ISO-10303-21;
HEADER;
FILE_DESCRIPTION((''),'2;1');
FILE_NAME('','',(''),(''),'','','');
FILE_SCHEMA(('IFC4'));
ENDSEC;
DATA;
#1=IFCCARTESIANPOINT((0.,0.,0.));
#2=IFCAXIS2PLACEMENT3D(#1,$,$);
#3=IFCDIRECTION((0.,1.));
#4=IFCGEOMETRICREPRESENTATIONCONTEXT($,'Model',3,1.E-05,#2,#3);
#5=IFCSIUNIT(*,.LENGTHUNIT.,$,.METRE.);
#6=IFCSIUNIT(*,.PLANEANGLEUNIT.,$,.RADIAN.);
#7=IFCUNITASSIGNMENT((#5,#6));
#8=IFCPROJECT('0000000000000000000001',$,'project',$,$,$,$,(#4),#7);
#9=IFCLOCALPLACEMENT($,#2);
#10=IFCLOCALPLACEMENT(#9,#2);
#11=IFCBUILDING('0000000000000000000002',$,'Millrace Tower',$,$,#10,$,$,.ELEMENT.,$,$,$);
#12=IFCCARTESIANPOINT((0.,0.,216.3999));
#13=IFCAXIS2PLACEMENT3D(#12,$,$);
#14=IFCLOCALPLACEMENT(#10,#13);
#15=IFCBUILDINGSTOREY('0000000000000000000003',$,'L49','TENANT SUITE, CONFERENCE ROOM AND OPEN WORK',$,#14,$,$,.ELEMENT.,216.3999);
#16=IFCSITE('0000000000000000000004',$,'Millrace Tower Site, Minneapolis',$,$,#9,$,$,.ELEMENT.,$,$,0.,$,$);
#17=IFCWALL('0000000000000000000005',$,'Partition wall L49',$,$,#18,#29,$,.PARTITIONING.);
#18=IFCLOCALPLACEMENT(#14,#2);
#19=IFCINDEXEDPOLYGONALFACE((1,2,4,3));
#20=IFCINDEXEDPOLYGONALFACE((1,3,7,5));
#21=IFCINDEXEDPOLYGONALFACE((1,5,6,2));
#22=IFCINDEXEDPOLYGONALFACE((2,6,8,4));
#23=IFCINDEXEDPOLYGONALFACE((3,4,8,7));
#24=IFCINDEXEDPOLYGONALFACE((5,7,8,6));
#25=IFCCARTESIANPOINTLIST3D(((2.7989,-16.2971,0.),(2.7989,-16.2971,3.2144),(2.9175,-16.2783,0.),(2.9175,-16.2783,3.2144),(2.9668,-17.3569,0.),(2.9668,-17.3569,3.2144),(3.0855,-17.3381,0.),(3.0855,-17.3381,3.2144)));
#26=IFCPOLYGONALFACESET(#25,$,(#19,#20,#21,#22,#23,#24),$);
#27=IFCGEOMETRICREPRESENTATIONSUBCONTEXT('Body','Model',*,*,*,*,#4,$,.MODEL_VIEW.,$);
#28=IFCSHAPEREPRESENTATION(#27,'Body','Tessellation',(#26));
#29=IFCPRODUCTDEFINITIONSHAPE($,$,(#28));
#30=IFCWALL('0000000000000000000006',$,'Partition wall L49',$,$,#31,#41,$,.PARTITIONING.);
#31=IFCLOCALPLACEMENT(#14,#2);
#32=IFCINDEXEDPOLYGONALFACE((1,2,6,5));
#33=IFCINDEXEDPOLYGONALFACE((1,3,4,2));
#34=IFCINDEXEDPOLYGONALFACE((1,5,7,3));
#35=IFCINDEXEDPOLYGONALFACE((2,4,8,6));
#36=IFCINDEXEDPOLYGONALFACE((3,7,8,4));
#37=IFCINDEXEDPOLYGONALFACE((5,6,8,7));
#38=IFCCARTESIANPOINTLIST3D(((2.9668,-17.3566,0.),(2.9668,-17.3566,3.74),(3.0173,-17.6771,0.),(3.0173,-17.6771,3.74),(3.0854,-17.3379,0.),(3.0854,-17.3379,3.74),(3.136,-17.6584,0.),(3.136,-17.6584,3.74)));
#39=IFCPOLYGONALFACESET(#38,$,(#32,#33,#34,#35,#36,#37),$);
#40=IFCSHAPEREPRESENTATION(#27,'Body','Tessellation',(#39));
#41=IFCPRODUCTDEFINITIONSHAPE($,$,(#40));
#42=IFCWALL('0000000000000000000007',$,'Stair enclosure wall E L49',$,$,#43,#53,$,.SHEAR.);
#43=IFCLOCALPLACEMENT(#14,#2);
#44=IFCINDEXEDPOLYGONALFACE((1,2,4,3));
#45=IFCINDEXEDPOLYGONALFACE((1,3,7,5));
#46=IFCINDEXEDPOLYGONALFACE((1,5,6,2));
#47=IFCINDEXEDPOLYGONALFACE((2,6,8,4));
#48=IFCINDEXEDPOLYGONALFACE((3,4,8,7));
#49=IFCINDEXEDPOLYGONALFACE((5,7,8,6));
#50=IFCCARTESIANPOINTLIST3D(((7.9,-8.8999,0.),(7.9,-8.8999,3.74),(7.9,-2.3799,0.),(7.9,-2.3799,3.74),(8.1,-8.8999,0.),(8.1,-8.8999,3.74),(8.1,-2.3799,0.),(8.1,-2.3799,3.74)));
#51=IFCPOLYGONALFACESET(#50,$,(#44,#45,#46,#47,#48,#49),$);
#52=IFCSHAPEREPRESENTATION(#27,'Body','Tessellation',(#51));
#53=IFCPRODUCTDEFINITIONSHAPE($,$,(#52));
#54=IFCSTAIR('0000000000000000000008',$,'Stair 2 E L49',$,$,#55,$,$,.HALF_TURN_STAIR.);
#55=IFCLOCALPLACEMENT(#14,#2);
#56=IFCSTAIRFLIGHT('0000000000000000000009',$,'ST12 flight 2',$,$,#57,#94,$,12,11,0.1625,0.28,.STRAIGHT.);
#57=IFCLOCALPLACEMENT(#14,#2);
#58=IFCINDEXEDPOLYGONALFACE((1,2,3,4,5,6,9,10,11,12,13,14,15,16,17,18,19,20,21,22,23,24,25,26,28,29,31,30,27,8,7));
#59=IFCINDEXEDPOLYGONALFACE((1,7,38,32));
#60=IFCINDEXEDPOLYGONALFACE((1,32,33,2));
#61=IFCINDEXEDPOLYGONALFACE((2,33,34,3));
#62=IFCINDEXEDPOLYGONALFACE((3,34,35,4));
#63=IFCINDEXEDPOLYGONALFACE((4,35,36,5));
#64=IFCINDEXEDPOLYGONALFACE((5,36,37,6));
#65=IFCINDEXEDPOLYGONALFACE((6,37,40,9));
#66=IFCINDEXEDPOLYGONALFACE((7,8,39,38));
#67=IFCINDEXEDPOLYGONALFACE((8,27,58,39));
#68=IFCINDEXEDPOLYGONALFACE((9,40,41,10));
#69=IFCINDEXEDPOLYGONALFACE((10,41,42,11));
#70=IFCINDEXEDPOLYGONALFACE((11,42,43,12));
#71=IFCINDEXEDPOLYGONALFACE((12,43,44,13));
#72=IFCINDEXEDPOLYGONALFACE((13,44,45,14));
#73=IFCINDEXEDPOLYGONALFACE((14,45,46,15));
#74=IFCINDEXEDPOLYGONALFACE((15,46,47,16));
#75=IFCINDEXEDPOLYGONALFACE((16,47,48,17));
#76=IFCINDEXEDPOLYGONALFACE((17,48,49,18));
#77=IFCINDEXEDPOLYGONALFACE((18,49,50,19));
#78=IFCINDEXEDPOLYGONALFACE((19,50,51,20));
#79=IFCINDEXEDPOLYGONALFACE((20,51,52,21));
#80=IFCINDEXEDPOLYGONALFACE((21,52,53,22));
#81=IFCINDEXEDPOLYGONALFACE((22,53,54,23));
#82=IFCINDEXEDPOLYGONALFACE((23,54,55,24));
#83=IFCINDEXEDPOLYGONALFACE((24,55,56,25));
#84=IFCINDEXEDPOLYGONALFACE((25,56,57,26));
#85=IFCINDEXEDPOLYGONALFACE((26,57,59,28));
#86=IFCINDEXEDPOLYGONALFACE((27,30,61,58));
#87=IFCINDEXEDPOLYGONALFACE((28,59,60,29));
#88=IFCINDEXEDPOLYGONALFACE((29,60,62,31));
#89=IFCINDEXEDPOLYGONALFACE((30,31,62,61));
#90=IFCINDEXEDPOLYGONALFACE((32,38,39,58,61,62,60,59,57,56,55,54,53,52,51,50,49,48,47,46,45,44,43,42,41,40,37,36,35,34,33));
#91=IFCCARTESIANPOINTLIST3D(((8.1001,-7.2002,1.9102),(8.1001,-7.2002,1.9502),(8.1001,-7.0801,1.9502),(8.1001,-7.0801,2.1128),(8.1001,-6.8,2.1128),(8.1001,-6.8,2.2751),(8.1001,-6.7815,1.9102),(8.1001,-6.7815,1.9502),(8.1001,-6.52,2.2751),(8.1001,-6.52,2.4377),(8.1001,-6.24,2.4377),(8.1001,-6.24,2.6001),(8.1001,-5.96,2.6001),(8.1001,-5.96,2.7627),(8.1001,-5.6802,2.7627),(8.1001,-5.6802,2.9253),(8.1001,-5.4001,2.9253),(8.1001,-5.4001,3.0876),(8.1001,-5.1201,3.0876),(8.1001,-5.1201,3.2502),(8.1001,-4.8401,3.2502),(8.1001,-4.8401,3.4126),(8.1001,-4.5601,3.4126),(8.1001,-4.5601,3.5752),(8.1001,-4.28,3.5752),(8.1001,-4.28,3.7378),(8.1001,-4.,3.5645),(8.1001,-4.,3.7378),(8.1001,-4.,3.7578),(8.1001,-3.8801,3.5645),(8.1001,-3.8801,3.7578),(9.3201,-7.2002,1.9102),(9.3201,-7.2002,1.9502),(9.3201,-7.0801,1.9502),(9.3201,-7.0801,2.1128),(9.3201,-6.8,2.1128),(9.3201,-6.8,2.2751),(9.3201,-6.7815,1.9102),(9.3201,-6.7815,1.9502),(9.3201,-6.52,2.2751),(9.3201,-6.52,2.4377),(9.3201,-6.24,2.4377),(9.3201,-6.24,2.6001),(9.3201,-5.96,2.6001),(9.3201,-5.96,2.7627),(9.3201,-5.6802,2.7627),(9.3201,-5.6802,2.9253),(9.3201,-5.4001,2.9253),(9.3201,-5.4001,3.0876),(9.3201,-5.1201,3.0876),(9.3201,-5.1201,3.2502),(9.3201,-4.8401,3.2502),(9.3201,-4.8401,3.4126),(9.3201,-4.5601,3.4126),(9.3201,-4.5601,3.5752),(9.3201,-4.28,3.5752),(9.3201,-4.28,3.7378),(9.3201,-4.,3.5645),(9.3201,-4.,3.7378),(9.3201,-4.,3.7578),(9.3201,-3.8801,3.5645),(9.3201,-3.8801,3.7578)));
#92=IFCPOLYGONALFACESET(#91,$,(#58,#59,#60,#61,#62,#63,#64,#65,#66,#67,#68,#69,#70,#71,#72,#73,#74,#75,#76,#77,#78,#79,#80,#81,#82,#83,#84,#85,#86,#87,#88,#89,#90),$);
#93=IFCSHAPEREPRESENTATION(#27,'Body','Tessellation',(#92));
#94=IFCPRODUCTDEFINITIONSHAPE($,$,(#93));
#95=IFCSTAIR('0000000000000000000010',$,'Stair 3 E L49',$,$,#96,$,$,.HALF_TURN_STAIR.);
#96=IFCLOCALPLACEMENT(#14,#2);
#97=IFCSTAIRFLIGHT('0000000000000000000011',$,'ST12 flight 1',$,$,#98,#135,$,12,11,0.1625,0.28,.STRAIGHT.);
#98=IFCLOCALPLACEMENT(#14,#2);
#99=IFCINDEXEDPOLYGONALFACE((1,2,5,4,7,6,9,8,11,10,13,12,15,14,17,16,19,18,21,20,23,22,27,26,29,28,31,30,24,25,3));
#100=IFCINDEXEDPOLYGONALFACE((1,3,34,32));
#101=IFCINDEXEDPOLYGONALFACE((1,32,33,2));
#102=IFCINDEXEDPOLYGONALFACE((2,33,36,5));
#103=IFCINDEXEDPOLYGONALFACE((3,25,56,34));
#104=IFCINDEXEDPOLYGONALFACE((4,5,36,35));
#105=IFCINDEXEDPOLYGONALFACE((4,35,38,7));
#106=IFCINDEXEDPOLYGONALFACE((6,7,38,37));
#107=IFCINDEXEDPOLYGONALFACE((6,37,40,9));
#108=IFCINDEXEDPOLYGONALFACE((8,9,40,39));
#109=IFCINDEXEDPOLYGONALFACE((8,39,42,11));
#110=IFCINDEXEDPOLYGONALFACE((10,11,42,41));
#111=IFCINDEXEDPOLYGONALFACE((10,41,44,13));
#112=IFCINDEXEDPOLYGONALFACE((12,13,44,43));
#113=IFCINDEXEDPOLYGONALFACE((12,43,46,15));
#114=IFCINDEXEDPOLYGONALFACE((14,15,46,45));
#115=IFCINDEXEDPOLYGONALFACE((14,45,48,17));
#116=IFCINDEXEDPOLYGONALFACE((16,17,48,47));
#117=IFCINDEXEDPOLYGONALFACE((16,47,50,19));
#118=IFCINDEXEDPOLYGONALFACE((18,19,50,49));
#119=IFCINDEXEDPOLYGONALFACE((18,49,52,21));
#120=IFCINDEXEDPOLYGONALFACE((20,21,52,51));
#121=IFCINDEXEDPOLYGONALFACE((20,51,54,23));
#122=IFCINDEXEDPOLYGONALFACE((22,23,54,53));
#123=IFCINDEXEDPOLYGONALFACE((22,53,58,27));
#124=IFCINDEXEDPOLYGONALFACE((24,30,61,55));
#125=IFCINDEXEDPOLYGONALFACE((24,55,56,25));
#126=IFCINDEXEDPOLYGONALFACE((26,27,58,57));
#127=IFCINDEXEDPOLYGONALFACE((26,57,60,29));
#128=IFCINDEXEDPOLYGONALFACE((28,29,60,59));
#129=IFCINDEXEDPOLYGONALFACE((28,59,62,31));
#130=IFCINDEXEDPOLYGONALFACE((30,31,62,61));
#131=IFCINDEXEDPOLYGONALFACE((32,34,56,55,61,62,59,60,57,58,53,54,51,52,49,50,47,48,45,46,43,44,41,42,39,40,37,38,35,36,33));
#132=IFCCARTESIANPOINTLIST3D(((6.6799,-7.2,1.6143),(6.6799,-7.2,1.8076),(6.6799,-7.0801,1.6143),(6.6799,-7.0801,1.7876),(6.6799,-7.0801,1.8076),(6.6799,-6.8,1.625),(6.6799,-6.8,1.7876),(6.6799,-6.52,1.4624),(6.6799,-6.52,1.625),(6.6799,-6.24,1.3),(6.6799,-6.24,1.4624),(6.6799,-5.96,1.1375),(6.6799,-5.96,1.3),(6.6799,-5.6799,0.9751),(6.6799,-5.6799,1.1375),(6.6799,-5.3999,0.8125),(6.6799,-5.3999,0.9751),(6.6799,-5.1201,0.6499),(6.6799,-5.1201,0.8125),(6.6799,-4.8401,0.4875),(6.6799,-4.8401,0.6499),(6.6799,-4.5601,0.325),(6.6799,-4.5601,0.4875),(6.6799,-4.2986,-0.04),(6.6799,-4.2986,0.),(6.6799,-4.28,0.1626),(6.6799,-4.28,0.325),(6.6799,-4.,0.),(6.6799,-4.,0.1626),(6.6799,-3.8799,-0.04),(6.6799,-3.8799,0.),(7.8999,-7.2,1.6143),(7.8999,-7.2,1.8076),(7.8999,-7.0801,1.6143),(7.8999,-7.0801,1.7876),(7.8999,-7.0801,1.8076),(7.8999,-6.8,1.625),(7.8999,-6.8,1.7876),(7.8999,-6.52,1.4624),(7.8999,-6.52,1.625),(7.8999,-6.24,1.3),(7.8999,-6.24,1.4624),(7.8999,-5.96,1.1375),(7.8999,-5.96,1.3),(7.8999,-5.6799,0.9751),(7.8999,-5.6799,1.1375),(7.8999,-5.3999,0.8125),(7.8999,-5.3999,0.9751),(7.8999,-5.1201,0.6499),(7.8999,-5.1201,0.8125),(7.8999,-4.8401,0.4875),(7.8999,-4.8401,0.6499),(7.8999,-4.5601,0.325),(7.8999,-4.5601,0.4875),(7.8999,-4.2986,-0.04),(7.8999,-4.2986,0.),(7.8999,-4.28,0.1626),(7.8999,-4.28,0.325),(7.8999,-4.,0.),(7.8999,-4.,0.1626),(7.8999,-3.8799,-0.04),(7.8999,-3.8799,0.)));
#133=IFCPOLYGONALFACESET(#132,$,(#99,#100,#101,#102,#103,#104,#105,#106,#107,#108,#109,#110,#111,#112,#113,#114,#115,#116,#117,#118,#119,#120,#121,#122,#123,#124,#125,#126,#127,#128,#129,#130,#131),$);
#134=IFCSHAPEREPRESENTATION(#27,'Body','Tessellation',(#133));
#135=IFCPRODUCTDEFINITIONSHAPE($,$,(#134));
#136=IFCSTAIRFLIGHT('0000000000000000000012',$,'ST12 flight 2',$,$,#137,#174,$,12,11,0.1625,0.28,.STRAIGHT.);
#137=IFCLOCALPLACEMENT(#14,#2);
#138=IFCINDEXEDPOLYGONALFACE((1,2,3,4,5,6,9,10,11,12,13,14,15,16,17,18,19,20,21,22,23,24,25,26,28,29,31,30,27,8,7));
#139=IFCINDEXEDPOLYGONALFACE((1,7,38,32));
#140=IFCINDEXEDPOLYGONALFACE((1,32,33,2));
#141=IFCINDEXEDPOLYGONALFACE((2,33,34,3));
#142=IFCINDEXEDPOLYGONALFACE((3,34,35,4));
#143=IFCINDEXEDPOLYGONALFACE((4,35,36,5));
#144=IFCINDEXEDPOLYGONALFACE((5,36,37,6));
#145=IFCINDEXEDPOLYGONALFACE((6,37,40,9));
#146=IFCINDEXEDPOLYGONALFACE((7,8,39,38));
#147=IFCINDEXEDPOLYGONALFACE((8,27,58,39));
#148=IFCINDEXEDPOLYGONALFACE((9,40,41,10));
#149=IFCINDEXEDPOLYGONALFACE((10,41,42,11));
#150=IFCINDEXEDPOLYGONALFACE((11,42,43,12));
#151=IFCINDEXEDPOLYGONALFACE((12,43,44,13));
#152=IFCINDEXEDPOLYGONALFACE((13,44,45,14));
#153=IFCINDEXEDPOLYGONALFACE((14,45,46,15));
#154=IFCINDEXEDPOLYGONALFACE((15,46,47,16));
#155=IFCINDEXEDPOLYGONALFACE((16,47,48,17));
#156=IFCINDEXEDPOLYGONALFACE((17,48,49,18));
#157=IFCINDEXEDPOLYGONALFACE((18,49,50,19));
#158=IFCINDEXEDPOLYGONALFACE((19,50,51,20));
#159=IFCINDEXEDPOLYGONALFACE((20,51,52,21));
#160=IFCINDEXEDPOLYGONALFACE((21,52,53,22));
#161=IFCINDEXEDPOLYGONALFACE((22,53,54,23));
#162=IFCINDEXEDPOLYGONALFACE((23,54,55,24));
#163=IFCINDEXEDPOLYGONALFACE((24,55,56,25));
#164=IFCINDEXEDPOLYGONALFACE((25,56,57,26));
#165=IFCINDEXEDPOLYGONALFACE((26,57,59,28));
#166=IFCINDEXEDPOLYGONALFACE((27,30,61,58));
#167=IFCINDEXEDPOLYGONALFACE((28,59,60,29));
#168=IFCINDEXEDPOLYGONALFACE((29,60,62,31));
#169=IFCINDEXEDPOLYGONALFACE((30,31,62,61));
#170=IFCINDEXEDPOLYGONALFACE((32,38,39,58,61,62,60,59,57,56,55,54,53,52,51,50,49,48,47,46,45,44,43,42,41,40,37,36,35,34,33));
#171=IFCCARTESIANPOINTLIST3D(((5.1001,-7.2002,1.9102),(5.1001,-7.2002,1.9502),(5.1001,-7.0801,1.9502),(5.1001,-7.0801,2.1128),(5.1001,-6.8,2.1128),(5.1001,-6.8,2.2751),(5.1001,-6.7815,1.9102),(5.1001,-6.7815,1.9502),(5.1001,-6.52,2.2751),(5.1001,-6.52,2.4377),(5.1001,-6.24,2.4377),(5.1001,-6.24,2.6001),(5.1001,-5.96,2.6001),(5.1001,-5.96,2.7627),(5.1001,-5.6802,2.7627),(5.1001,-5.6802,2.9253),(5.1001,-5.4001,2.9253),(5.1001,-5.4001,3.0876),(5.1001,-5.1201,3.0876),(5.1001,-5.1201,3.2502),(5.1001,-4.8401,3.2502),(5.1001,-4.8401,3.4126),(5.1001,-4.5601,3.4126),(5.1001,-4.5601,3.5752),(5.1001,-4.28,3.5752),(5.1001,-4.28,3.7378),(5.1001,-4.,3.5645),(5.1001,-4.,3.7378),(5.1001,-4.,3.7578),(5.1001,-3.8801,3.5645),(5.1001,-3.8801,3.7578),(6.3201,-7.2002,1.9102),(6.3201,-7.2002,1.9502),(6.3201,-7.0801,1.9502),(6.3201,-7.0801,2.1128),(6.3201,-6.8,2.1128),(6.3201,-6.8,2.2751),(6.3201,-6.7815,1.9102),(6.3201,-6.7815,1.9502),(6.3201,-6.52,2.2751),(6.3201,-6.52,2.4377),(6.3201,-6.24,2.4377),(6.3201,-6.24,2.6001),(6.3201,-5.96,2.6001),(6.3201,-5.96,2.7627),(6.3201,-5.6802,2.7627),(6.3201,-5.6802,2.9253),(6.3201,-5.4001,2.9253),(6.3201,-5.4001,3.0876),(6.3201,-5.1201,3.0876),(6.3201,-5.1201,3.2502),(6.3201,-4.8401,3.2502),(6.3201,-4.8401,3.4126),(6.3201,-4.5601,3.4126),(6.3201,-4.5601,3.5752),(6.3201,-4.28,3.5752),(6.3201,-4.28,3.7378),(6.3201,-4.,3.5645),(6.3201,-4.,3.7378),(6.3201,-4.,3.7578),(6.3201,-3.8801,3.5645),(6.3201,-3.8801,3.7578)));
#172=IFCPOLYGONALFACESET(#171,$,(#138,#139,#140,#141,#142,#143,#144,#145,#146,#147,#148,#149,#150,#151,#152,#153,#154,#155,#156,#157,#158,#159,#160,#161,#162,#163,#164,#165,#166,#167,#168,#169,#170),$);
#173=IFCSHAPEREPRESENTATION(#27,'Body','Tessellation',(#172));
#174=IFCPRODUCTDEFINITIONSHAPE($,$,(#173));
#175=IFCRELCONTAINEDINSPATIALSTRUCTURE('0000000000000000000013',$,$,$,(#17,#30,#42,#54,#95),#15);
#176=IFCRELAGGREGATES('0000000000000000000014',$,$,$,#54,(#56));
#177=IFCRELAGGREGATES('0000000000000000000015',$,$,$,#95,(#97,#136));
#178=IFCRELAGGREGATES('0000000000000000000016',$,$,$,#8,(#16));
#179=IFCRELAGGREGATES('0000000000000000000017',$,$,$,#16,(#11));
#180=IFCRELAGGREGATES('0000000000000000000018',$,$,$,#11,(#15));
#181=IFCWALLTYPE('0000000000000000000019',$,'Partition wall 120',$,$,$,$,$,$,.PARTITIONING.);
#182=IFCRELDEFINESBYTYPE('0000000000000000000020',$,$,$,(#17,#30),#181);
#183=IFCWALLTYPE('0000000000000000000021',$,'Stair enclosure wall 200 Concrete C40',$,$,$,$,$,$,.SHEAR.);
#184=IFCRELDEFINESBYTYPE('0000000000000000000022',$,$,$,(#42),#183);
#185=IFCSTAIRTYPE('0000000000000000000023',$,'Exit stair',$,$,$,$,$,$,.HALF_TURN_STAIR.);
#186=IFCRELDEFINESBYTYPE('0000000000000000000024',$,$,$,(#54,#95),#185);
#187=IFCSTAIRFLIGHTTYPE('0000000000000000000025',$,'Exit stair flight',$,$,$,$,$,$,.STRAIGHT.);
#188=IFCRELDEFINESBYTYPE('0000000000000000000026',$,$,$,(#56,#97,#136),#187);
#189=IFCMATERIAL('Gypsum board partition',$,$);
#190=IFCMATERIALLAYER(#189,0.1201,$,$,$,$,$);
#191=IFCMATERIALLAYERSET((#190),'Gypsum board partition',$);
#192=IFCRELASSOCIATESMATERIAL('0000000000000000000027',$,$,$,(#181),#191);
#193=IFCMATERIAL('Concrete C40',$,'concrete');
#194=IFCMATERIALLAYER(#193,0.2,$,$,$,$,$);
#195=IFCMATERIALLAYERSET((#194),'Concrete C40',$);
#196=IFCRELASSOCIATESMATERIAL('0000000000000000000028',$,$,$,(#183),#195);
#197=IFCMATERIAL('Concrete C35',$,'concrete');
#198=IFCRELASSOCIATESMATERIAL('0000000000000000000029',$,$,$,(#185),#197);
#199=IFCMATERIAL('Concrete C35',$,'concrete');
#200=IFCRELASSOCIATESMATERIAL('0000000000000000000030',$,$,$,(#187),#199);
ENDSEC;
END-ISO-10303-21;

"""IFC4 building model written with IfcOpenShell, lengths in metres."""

from ifc_helpers import new_model, si_unit, direction, frame, frame_2d, origin, place, context, subcontext, project, spatial, polyline, rectangle, outline, extrude, material, layer, layer_set, type_object, element, aggregate, save


model = new_model("IFC4")

# Units and contexts
model_context = context("Model", 3, precision=1e-05, world=origin(), true_north=direction((0.0, 1.0)))
body_context = subcontext(model_context, "Body", "Model", "MODEL_VIEW")
ifc_project = project(units=[si_unit("LENGTHUNIT", "METRE"), si_unit("PLANEANGLEUNIT", "RADIAN")], contexts=[model_context])

# Site, building, storey
site_placement = place(None, origin())
site = spatial("IfcSite", under=ifc_project, at=site_placement, Name="Millrace Tower Site, Minneapolis", CompositionType="ELEMENT", RefElevation=0.0)
building_placement = place(site_placement, origin())
building = spatial("IfcBuilding", under=site, at=building_placement, Name="Millrace Tower", CompositionType="ELEMENT")
storey_placement = place(building_placement, frame((0.0, 0.0, 216.3999)))
storey = spatial("IfcBuildingStorey", under=building, at=storey_placement, Name="L49", Description="TENANT SUITE, CONFERENCE ROOM AND OPEN WORK", CompositionType="ELEMENT", Elevation=216.3999)

# Shared definitions
placement_1 = place(storey_placement, origin())

# Walls
ifc_material_1 = material(Name="Gypsum board partition")
ifc_layer_1 = layer(ifc_material_1, 0.1201)
ifc_layer_set_1 = layer_set([ifc_layer_1], Name="Gypsum board partition")
wall_type_1 = type_object("IfcWallType", Name="Partition wall 120", PredefinedType="PARTITIONING", material=ifc_layer_set_1)
wall_1_placement = place(storey_placement, frame((2.8582, -16.2876, 0.0), z_axis=(0.0, 0.0, 1.0), x_axis=(0.156535, -0.987672, 0.0)))
element("IfcWall", 1, at=wall_1_placement, inside=storey, type_object=wall_type_1, Name="Partition wall L49", PredefinedType="PARTITIONING", context=body_context, shape_type="SweptSolid", body=[
    extrude(rectangle(XDim=1.073, YDim=0.1201, at=frame_2d((0.5366, 0.0))), origin(), (0.0, 0.0, 1.0), 3.2144),
])
wall_2_placement = place(storey_placement, frame((3.0261, -17.3474, 0.0), z_axis=(0.0, 0.0, 1.0), x_axis=(0.155731, -0.9878, 0.0)))
element("IfcWall", 2, at=wall_2_placement, inside=storey, type_object=wall_type_1, Name="Partition wall L49", PredefinedType="PARTITIONING", context=body_context, shape_type="SweptSolid", body=[
    extrude(rectangle(XDim=0.3245, YDim=0.1201, at=frame_2d((0.1621, 0.0))), origin(), (0.0, 0.0, 1.0), 3.74),
])
ifc_material_2 = material(Name="Concrete C40", Category="concrete")
ifc_layer_2 = layer(ifc_material_2, 0.2)
ifc_layer_set_2 = layer_set([ifc_layer_2], Name="Concrete C40")
wall_type_2 = type_object("IfcWallType", Name="Stair enclosure wall 200 Concrete C40", PredefinedType="SHEAR", material=ifc_layer_set_2)
wall_3_placement = place(storey_placement, frame((8.0, -2.3799, 0.0), z_axis=(0.0, 0.0, 1.0), x_axis=(0.0, -1.0, 0.0)))
element("IfcWall", 3, at=wall_3_placement, inside=storey, type_object=wall_type_2, Name="Stair enclosure wall E L49", PredefinedType="SHEAR", context=body_context, shape_type="SweptSolid", body=[
    extrude(rectangle(XDim=6.52, YDim=0.2, at=frame_2d((3.26, 0.0))), origin(), (0.0, 0.0, 1.0), 3.74),
])

# Stair, stair flight
ifc_material_3 = material(Name="Concrete C35", Category="concrete")
stair_type = type_object("IfcStairType", Name="Exit stair", PredefinedType="HALF_TURN_STAIR", material=ifc_material_3)
stair_1 = element("IfcStair", 4, at=placement_1, inside=storey, type_object=stair_type, Name="Stair 2 E L49", PredefinedType="HALF_TURN_STAIR")
ifc_material_4 = material(Name="Concrete C35", Category="concrete")
stair_flight_type = type_object("IfcStairFlightType", Name="Exit stair flight", PredefinedType="STRAIGHT", material=ifc_material_4)
stair_flight_1_placement = place(storey_placement, frame((8.71, -7.0801, 1.9502), z_axis=(0.0, 0.0, 1.0), x_axis=(0.0, 1.0, 0.0)))
stair_flight_1 = element("IfcStairFlight", 5, at=stair_flight_1_placement, type_object=stair_flight_type, Name="ST12 flight 2", NumberOfRisers=12, NumberOfTreads=11, PredefinedType="STRAIGHT", RiserHeight=0.1625, TreadLength=0.28, context=body_context, shape_type="SweptSolid", body=[
    extrude(outline(polyline([(-0.1201, -0.04), (-0.1201, 0.0), (0.0, 0.0), (0.0, 0.1626), (0.28, 0.1626), (0.28, 0.325), (0.5601, 0.325), (0.5601, 0.4875), (0.8401, 0.4875), (0.8401, 0.6499), (1.1201, 0.6499), (1.1201, 0.8125), (1.3999, 0.8125), (1.3999, 0.9751), (1.6799, 0.9751), (1.6799, 1.1375), (1.96, 1.1375), (1.96, 1.3), (2.24, 1.3), (2.24, 1.4624), (2.52, 1.4624), (2.52, 1.625), (2.8, 1.625), (2.8, 1.7876), (3.0801, 1.7876), (3.0801, 1.8076), (3.2, 1.8076), (3.2, 1.6143), (3.0801, 1.6143), (0.2986, 0.0), (0.2986, -0.04), (-0.1201, -0.04)])), frame((0.0, 0.6099, 0.0), z_axis=(0.0, -1.0, 0.0), x_axis=(1.0, 0.0, 0.0)), (0.0, 0.0, 1.0), 1.22),
])
aggregate(stair_1, [stair_flight_1])

# Stair, stair flights
stair_2 = element("IfcStair", 6, at=placement_1, inside=storey, type_object=stair_type, Name="Stair 3 E L49", PredefinedType="HALF_TURN_STAIR")
stair_flight_2_placement = place(storey_placement, frame((7.29, -4.0, 0.0), z_axis=(0.0, 0.0, 1.0), x_axis=(0.0, -1.0, 0.0)))
stair_flight_2 = element("IfcStairFlight", 7, at=stair_flight_2_placement, type_object=stair_flight_type, Name="ST12 flight 1", NumberOfRisers=12, NumberOfTreads=11, PredefinedType="STRAIGHT", RiserHeight=0.1625, TreadLength=0.28, context=body_context, shape_type="SweptSolid", body=[
    extrude(outline(polyline([(-0.1201, -0.04), (-0.1201, 0.0), (0.0, 0.0), (0.0, 0.1626), (0.28, 0.1626), (0.28, 0.325), (0.5601, 0.325), (0.5601, 0.4875), (0.8401, 0.4875), (0.8401, 0.6499), (1.1201, 0.6499), (1.1201, 0.8125), (1.3999, 0.8125), (1.3999, 0.9751), (1.6799, 0.9751), (1.6799, 1.1375), (1.96, 1.1375), (1.96, 1.3), (2.24, 1.3), (2.24, 1.4624), (2.52, 1.4624), (2.52, 1.625), (2.8, 1.625), (2.8, 1.7876), (3.0801, 1.7876), (3.0801, 1.8076), (3.2, 1.8076), (3.2, 1.6143), (3.0801, 1.6143), (0.2986, 0.0), (0.2986, -0.04), (-0.1201, -0.04)])), frame((0.0, 0.6099, 0.0), z_axis=(0.0, -1.0, 0.0), x_axis=(1.0, 0.0, 0.0)), (0.0, 0.0, 1.0), 1.22),
])
stair_flight_3_placement = place(storey_placement, frame((5.71, -7.0801, 1.9502), z_axis=(0.0, 0.0, 1.0), x_axis=(0.0, 1.0, 0.0)))
stair_flight_3 = element("IfcStairFlight", 8, at=stair_flight_3_placement, type_object=stair_flight_type, Name="ST12 flight 2", NumberOfRisers=12, NumberOfTreads=11, PredefinedType="STRAIGHT", RiserHeight=0.1625, TreadLength=0.28, context=body_context, shape_type="SweptSolid", body=[
    extrude(outline(polyline([(-0.1201, -0.04), (-0.1201, 0.0), (0.0, 0.0), (0.0, 0.1626), (0.28, 0.1626), (0.28, 0.325), (0.5601, 0.325), (0.5601, 0.4875), (0.8401, 0.4875), (0.8401, 0.6499), (1.1201, 0.6499), (1.1201, 0.8125), (1.3999, 0.8125), (1.3999, 0.9751), (1.6799, 0.9751), (1.6799, 1.1375), (1.96, 1.1375), (1.96, 1.3), (2.24, 1.3), (2.24, 1.4624), (2.52, 1.4624), (2.52, 1.625), (2.8, 1.625), (2.8, 1.7876), (3.0801, 1.7876), (3.0801, 1.8076), (3.2, 1.8076), (3.2, 1.6143), (3.0801, 1.6143), (0.2986, 0.0), (0.2986, -0.04), (-0.1201, -0.04)])), frame((0.0, 0.6099, 0.0), z_axis=(0.0, -1.0, 0.0), x_axis=(1.0, 0.0, 0.0)), (0.0, 0.0, 1.0), 1.22),
])
aggregate(stair_2, [stair_flight_2, stair_flight_3])

save(model, "model.ifc")
